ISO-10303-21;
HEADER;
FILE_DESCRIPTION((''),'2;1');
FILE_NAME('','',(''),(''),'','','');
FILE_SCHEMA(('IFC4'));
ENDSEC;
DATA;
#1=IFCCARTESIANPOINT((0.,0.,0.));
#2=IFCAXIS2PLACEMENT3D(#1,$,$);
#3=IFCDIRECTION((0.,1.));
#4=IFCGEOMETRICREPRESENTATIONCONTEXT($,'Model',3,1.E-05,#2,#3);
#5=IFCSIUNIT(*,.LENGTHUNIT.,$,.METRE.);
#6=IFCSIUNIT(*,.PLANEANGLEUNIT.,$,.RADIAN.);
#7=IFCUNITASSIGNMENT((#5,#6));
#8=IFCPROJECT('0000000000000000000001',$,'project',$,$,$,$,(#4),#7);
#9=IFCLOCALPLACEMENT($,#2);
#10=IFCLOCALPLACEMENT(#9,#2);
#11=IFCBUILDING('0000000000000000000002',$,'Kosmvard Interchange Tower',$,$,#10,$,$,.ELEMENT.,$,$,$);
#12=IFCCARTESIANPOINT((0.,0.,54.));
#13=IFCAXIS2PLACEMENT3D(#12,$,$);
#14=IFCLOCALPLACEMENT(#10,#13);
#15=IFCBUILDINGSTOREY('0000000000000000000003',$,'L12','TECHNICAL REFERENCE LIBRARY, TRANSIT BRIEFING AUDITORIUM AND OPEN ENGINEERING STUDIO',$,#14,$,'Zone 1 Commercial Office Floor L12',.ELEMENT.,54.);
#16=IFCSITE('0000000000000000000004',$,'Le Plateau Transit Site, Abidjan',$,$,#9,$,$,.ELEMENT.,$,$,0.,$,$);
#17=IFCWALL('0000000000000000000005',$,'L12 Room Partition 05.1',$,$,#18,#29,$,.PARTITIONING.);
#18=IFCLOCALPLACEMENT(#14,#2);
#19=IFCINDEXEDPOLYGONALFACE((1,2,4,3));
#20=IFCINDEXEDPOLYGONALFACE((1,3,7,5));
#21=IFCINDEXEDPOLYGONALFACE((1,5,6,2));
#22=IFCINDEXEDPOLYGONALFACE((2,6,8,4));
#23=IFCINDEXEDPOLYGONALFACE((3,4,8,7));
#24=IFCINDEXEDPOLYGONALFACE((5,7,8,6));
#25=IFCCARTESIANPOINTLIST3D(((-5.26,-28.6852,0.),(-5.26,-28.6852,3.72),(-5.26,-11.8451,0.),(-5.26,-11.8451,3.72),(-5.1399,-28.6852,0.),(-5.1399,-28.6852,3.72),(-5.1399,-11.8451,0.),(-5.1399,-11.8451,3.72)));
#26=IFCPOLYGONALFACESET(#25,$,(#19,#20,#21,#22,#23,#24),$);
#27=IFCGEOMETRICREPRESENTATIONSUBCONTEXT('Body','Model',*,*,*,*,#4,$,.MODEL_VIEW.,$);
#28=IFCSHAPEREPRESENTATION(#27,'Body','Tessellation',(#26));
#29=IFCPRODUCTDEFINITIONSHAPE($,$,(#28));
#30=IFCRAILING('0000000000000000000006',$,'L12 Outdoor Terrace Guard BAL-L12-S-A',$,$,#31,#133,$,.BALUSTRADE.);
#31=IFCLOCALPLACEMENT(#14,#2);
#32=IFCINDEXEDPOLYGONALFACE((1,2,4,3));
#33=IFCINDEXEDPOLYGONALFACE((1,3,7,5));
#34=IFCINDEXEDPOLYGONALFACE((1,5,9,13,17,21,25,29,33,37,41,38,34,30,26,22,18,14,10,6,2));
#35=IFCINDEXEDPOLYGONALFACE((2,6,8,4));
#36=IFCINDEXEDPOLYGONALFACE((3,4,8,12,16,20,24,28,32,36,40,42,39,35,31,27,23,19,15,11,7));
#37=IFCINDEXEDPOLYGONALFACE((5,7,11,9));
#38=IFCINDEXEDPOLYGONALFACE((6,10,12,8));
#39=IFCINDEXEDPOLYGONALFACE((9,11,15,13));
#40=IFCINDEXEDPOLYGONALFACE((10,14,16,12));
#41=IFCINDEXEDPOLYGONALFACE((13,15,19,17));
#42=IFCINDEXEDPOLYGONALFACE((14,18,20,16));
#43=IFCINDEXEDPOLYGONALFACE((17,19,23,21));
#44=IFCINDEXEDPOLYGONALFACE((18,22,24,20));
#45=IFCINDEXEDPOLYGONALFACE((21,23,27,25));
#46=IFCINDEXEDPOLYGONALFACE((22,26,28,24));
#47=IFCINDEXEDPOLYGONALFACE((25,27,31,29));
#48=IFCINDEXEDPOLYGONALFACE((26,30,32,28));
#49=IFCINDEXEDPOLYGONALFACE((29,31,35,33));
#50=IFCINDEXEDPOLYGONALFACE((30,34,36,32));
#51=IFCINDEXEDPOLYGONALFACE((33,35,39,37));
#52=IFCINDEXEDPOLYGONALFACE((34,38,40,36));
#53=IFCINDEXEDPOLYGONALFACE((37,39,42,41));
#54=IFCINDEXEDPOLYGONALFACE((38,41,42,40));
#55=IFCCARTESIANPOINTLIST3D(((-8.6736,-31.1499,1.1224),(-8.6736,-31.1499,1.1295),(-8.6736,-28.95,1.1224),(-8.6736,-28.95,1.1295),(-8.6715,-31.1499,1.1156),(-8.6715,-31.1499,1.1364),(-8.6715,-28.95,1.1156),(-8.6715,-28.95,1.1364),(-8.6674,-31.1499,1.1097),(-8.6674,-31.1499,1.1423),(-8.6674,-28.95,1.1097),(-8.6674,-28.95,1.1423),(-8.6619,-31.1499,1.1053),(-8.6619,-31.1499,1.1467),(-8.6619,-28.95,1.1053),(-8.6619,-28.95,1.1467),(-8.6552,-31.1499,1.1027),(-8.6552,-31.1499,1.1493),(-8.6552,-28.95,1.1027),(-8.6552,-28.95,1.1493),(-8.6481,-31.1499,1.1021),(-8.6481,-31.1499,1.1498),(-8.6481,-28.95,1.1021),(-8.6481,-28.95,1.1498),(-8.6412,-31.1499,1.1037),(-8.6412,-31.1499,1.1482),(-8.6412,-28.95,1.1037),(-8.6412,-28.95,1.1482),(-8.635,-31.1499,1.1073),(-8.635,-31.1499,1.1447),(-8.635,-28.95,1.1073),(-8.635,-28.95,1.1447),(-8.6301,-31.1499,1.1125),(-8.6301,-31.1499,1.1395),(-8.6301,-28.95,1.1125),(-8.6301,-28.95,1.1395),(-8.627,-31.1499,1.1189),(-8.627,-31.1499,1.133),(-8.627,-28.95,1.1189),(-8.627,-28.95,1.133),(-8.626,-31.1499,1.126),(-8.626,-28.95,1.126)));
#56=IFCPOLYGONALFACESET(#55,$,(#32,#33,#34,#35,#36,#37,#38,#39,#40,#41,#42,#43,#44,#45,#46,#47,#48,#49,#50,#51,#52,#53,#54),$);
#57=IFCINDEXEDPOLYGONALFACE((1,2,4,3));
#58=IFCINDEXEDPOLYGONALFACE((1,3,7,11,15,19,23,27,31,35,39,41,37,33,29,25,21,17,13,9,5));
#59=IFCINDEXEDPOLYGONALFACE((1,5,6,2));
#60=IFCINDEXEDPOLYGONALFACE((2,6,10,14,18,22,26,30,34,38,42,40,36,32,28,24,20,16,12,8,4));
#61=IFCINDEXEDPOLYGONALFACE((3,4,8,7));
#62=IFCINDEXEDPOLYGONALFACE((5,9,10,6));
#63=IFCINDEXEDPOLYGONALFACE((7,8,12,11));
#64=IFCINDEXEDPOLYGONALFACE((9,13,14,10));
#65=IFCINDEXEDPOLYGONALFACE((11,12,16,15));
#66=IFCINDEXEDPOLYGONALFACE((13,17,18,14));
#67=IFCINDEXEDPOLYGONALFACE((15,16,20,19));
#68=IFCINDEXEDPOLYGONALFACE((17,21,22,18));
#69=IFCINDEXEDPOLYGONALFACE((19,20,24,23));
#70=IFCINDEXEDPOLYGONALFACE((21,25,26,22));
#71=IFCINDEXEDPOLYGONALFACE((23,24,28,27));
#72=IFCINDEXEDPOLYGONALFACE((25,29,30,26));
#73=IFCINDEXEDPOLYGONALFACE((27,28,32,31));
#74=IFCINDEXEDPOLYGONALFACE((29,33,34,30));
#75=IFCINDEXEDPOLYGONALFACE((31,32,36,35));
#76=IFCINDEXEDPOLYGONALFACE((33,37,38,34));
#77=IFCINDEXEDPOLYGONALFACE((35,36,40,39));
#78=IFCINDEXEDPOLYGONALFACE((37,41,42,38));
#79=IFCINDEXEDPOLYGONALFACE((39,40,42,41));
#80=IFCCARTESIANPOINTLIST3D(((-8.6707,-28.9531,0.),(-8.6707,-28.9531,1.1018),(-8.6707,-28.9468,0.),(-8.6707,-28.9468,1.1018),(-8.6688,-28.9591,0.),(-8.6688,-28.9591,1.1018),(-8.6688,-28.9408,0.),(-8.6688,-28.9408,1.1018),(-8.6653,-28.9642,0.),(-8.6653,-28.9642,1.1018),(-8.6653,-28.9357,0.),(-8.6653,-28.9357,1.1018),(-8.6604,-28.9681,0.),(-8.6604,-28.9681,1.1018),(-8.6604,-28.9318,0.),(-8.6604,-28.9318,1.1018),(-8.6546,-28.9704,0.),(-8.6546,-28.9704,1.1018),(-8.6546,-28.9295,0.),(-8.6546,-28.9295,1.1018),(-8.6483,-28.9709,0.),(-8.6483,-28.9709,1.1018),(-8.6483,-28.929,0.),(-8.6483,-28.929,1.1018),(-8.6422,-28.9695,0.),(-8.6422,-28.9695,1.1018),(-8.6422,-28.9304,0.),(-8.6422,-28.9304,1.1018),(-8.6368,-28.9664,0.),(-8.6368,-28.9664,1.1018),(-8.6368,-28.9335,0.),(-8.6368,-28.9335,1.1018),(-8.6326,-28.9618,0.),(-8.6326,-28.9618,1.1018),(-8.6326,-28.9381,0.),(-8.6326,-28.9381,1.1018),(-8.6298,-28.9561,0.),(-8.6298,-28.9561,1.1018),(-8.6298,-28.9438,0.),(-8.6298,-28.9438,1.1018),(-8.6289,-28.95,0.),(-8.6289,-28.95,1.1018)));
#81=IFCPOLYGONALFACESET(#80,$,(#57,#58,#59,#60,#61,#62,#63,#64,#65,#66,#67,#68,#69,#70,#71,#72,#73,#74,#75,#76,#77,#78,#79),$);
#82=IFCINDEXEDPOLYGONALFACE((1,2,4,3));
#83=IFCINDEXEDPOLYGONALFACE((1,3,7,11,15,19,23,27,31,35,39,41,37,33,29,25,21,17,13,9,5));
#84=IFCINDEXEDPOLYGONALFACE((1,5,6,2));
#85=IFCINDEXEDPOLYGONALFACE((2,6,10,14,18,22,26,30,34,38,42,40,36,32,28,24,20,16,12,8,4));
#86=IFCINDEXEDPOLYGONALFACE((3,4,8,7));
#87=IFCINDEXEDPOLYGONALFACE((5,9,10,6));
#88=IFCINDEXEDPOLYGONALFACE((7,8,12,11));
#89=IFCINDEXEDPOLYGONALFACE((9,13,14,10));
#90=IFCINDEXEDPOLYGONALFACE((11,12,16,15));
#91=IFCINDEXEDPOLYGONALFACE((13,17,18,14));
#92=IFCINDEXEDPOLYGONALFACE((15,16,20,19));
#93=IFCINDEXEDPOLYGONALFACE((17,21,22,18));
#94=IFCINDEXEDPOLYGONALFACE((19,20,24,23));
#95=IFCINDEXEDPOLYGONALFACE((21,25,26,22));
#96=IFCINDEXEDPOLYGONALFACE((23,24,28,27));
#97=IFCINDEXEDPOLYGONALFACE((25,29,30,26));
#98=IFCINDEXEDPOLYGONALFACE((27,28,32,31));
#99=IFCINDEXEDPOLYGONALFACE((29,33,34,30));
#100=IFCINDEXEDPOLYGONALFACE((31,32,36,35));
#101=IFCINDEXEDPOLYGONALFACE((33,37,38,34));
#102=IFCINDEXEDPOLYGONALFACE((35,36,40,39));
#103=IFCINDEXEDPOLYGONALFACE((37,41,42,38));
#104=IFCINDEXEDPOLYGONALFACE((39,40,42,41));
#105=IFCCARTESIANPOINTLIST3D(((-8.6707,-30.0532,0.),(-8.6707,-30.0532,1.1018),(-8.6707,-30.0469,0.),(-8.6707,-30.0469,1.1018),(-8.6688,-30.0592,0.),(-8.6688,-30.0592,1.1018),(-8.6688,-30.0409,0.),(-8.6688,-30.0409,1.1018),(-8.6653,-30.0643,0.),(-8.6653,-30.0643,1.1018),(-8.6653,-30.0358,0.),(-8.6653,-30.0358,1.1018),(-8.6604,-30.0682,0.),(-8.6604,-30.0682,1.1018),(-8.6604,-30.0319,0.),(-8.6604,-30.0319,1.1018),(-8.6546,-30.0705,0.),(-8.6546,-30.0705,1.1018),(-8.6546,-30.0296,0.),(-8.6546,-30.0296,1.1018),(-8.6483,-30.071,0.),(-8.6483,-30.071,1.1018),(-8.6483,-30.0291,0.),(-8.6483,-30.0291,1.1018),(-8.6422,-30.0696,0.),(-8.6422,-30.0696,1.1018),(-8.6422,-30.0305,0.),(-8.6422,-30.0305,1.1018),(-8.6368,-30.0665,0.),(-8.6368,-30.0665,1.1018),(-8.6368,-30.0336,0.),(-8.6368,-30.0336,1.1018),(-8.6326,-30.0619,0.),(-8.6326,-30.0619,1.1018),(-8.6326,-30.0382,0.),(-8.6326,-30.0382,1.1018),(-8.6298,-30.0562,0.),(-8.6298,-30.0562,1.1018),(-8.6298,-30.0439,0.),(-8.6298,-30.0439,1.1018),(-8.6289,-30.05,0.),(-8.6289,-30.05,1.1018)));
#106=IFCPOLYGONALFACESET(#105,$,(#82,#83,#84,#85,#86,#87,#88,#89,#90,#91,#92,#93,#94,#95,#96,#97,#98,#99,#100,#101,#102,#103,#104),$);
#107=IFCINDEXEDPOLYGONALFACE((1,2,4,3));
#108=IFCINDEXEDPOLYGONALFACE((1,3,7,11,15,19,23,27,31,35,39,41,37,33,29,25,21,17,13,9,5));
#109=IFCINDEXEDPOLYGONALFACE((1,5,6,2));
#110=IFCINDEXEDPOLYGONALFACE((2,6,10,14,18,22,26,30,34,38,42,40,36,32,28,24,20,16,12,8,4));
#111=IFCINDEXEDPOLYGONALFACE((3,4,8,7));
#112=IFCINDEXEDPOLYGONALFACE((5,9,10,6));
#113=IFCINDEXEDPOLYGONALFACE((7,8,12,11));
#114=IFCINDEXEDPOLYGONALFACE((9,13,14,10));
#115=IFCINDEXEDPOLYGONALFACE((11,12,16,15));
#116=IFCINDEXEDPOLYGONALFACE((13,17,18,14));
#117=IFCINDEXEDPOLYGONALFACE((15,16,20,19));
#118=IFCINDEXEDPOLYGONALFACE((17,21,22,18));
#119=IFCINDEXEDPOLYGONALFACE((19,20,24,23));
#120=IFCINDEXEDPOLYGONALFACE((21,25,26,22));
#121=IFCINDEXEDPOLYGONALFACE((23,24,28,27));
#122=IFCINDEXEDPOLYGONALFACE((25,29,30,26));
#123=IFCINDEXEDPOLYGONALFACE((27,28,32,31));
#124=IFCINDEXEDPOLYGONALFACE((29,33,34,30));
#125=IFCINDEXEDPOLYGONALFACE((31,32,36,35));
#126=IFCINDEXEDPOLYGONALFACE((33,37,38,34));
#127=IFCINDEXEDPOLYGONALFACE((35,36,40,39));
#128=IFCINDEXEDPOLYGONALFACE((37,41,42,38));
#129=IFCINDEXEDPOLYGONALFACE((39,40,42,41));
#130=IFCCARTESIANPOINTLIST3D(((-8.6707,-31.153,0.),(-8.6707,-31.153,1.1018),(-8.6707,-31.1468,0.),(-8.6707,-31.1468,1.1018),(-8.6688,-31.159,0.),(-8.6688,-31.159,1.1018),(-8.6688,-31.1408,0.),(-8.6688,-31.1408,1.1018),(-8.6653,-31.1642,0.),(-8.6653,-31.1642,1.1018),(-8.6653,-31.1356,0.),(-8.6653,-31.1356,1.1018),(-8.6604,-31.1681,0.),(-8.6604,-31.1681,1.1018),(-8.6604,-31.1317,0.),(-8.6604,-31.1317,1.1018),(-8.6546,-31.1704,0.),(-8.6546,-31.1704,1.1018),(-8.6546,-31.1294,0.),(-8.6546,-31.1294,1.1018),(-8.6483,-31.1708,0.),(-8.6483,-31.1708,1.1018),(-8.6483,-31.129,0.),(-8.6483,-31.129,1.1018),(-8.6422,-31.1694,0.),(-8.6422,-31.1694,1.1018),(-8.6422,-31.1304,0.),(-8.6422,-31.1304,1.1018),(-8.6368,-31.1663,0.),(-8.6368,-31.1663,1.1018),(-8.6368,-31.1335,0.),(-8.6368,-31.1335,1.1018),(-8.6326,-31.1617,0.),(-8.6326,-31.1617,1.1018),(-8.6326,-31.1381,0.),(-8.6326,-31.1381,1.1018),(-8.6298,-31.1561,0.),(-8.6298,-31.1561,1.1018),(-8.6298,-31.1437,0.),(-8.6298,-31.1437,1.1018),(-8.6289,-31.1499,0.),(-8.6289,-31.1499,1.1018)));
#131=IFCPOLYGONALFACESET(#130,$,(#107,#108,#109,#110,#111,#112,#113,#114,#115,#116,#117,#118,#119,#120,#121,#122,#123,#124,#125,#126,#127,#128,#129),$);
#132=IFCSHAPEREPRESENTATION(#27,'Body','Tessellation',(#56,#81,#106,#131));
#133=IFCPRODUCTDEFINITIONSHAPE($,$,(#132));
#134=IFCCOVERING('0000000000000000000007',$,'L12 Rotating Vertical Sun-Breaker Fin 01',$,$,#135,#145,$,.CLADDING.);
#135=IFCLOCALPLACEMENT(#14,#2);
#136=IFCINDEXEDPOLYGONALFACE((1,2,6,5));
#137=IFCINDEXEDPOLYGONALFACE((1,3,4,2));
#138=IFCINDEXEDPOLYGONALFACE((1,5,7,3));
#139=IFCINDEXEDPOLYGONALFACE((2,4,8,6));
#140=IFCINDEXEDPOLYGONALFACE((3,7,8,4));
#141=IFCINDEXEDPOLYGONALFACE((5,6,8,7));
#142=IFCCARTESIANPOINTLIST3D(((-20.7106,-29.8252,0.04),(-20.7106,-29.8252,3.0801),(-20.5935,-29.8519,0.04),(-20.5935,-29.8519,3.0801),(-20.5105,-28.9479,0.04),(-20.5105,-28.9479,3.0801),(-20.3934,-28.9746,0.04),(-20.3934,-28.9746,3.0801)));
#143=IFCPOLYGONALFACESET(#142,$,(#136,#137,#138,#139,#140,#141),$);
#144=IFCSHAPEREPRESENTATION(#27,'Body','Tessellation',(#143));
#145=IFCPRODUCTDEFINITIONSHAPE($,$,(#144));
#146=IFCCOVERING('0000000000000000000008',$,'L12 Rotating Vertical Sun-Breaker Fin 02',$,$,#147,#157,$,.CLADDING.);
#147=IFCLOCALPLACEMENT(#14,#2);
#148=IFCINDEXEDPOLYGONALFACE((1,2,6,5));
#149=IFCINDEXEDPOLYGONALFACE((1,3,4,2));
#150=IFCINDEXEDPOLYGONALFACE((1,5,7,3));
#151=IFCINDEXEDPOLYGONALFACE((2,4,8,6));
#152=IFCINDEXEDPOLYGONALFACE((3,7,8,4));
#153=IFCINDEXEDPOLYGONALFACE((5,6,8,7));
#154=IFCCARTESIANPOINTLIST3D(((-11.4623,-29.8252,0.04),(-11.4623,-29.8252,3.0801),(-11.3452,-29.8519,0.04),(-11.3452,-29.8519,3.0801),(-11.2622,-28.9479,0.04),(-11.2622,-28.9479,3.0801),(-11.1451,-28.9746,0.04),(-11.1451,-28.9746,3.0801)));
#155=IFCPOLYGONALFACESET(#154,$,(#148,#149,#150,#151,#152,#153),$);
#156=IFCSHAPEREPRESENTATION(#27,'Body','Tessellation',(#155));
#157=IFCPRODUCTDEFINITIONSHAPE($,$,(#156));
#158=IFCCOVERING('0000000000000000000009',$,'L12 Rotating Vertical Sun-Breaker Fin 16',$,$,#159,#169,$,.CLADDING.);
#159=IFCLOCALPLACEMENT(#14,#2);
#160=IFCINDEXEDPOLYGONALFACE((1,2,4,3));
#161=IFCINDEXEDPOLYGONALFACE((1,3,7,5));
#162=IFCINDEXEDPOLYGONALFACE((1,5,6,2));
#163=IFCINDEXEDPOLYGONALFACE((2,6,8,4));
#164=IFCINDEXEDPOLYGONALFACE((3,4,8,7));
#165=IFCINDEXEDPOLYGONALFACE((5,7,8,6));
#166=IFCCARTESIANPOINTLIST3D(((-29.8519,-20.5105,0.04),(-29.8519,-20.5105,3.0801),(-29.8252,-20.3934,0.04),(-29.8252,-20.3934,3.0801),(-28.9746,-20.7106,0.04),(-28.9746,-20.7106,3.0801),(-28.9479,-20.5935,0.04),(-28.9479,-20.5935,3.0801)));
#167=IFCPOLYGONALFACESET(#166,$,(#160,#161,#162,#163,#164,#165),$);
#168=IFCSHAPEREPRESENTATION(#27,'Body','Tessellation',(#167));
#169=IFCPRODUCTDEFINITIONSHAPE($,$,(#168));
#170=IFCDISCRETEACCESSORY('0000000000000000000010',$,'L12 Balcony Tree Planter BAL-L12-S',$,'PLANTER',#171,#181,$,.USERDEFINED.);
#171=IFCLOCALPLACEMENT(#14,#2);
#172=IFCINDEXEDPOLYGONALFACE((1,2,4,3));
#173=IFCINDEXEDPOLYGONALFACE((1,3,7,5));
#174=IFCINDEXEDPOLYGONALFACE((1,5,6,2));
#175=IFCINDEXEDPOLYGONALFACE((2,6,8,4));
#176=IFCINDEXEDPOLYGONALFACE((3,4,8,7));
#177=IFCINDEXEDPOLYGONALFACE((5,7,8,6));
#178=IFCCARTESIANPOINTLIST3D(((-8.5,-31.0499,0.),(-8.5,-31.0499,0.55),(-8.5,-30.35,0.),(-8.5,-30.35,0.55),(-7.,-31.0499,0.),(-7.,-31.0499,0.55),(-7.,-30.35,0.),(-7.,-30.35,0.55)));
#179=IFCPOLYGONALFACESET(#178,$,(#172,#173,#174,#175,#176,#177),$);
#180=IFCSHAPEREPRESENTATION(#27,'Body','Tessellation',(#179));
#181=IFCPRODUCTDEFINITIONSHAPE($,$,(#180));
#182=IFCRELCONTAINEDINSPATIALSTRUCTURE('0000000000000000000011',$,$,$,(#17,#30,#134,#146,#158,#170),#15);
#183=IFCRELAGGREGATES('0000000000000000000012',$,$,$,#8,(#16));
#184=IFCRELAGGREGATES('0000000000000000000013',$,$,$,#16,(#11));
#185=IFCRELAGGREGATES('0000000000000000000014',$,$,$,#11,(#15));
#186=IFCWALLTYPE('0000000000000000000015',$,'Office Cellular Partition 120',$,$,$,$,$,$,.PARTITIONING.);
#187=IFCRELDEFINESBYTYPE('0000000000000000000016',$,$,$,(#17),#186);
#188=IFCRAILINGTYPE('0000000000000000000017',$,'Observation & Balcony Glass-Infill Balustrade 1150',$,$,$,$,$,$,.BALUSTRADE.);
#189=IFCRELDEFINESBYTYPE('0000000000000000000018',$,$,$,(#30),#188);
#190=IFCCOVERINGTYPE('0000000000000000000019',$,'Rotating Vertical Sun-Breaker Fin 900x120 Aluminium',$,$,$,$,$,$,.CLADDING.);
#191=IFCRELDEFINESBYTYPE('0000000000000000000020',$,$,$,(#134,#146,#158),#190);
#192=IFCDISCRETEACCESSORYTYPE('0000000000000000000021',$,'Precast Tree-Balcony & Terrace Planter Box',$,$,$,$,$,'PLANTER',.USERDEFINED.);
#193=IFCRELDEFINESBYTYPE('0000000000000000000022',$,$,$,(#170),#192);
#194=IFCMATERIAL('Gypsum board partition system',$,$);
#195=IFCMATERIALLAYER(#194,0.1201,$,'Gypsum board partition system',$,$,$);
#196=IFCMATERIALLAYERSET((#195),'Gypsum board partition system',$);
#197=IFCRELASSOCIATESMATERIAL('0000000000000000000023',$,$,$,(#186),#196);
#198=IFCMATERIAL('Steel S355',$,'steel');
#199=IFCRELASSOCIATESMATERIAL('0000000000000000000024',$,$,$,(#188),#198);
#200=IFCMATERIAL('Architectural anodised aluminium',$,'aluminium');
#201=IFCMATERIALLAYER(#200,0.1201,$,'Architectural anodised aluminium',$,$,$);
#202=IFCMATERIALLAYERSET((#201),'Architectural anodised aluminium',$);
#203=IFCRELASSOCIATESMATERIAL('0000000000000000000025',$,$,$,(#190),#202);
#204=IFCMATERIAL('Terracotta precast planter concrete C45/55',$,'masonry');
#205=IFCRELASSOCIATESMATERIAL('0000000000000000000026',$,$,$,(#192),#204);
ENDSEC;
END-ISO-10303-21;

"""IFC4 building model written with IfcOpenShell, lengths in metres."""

from ifc_helpers import new_model, si_unit, direction, frame, frame_2d, origin, origin_2d, place, context, subcontext, project, spatial, rectangle, circle, extrude, source, transform, mapped, material, layer, layer_set, type_object, element, save


model = new_model("IFC4")

# Units and contexts
model_context = context("Model", 3, precision=1e-05, world=origin(), true_north=direction((0.0, 1.0)))
body_context = subcontext(model_context, "Body", "Model", "MODEL_VIEW")
ifc_project = project(units=[si_unit("LENGTHUNIT", "METRE"), si_unit("PLANEANGLEUNIT", "RADIAN")], contexts=[model_context])

# Site, building, storey
site_placement = place(None, origin())
site = spatial("IfcSite", under=ifc_project, at=site_placement, Name="Le Plateau Transit Site, Abidjan", CompositionType="ELEMENT", RefElevation=0.0)
building_placement = place(site_placement, origin())
building = spatial("IfcBuilding", under=site, at=building_placement, Name="Kosmvard Interchange Tower", CompositionType="ELEMENT")
storey_placement = place(building_placement, frame((0.0, 0.0, 54.0)))
storey = spatial("IfcBuildingStorey", under=building, at=storey_placement, Name="L12", Description="TECHNICAL REFERENCE LIBRARY, TRANSIT BRIEFING AUDITORIUM AND OPEN ENGINEERING STUDIO", LongName="Zone 1 Commercial Office Floor L12", CompositionType="ELEMENT", Elevation=54.0)

# Shared definitions
ifc_material_1 = material(Name="Steel S355", Category="steel")

# Wall
ifc_material_2 = material(Name="Gypsum board partition system")
ifc_layer_1 = layer(ifc_material_2, 0.1201, Name="Gypsum board partition system")
ifc_layer_set_1 = layer_set([ifc_layer_1], Name="Gypsum board partition system")
wall_type_1 = type_object("IfcWallType", Name="Office Cellular Partition 120", PredefinedType="PARTITIONING", material=ifc_layer_set_1)
wall_1_placement = place(storey_placement, frame((-5.2, -28.6851, 0.0), z_axis=(0.0, 0.0, 1.0), x_axis=(0.0, 1.0, 0.0)))
element("IfcWall", 1, at=wall_1_placement, inside=storey, type_object=wall_type_1, Name="L12 Room Partition 05.1", PredefinedType="PARTITIONING", context=body_context, shape_type="SweptSolid", body=[
    extrude(rectangle(XDim=16.8401, YDim=0.1201, at=frame_2d((8.4199, 0.0))), origin(), (0.0, 0.0, 1.0), 3.72),
])

# Railing
railing_type = type_object("IfcRailingType", Name="Observation & Balcony Glass-Infill Balustrade 1150", PredefinedType="BALUSTRADE", material=ifc_material_1)
shared_shape_1 = source(origin(), body_context, "Body", "SweptSolid", [
    extrude(circle(Radius=0.0239, at=origin_2d()), frame((0.0, 0.0, 1.126), z_axis=(0.0, -1.0, 0.0), x_axis=(1.0, 0.0, 0.0)), (0.0, 0.0, 1.0), 2.2),
    extrude(circle(Radius=0.021, at=origin_2d()), origin(), (0.0, 0.0, 1.0), 1.1018),
    extrude(circle(Radius=0.021, at=origin_2d()), frame((0.0, -1.1001, 0.0)), (0.0, 0.0, 1.0), 1.1018),
    extrude(circle(Radius=0.021, at=origin_2d()), frame((0.0, -2.2, 0.0)), (0.0, 0.0, 1.0), 1.1018),
])
railing_1_placement = place(storey_placement, frame((-8.6499, -28.95, 0.0)))
element("IfcRailing", 2, at=railing_1_placement, inside=storey, type_object=railing_type, Name="L12 Outdoor Terrace Guard BAL-L12-S-A", PredefinedType="BALUSTRADE", context=body_context, shape_type="MappedRepresentation", body=[
    mapped(shared_shape_1, transform((0.0, 0.0, 0.0), scale=1.0)),
])

# Coverings
ifc_material_3 = material(Name="Architectural anodised aluminium", Category="aluminium")
ifc_layer_2 = layer(ifc_material_3, 0.1201, Name="Architectural anodised aluminium")
ifc_layer_set_2 = layer_set([ifc_layer_2], Name="Architectural anodised aluminium")
covering_type = type_object("IfcCoveringType", Name="Rotating Vertical Sun-Breaker Fin 900x120 Aluminium", PredefinedType="CLADDING", material=ifc_layer_set_2)
shared_shape_2 = source(origin(), body_context, "Body", "SweptSolid", [
    extrude(rectangle(XDim=0.8999, YDim=0.1201, at=origin_2d()), origin(), (0.0, 0.0, 1.0), 3.04),
])
for number, where, z_axis, x_axis, name in (
    (3, (-20.552, -29.3999, 0.04), (0.0, 0.0, 1.0), (-0.222399, -0.974956, 0.0), "L12 Rotating Vertical Sun-Breaker Fin 01"),
    (4, (-11.3037, -29.3999, 0.04), (0.0, 0.0, 1.0), (-0.222399, -0.974956, 0.0), "L12 Rotating Vertical Sun-Breaker Fin 02"),
    (5, (-29.3999, -20.552, 0.04), (0.0, 0.0, 1.0), (-0.974956, 0.222399, 0.0), "L12 Rotating Vertical Sun-Breaker Fin 16"),
):
    element("IfcCovering", number, at=place(storey_placement, frame(where, z_axis=z_axis, x_axis=x_axis)), inside=storey, type_object=covering_type, Name=name, PredefinedType="CLADDING", context=body_context, shape_type="MappedRepresentation", body=[
        mapped(shared_shape_2, transform((0.0, 0.0, 0.0), scale=1.0)),
    ])

# Discrete accessory
ifc_material_4 = material(Name="Terracotta precast planter concrete C45/55", Category="masonry")
discrete_accessory_type = type_object("IfcDiscreteAccessoryType", Name="Precast Tree-Balcony & Terrace Planter Box", ElementType="PLANTER", PredefinedType="USERDEFINED", material=ifc_material_4)
shared_shape_3 = source(origin(), body_context, "Body", "SweptSolid", [
    extrude(rectangle(XDim=1.5, YDim=0.7, at=origin_2d()), origin(), (0.0, 0.0, 1.0), 0.55),
])
discrete_accessory_placement = place(storey_placement, frame((-7.75, -30.7, 0.0), z_axis=(0.0, 0.0, 1.0), x_axis=(1.0, 0.0, 0.0)))
element("IfcDiscreteAccessory", 6, at=discrete_accessory_placement, inside=storey, type_object=discrete_accessory_type, Name="L12 Balcony Tree Planter BAL-L12-S", ObjectType="PLANTER", PredefinedType="USERDEFINED", context=body_context, shape_type="MappedRepresentation", body=[
    mapped(shared_shape_3, transform((0.0, 0.0, 0.0), scale=1.0)),
])

save(model, "model.ifc")
